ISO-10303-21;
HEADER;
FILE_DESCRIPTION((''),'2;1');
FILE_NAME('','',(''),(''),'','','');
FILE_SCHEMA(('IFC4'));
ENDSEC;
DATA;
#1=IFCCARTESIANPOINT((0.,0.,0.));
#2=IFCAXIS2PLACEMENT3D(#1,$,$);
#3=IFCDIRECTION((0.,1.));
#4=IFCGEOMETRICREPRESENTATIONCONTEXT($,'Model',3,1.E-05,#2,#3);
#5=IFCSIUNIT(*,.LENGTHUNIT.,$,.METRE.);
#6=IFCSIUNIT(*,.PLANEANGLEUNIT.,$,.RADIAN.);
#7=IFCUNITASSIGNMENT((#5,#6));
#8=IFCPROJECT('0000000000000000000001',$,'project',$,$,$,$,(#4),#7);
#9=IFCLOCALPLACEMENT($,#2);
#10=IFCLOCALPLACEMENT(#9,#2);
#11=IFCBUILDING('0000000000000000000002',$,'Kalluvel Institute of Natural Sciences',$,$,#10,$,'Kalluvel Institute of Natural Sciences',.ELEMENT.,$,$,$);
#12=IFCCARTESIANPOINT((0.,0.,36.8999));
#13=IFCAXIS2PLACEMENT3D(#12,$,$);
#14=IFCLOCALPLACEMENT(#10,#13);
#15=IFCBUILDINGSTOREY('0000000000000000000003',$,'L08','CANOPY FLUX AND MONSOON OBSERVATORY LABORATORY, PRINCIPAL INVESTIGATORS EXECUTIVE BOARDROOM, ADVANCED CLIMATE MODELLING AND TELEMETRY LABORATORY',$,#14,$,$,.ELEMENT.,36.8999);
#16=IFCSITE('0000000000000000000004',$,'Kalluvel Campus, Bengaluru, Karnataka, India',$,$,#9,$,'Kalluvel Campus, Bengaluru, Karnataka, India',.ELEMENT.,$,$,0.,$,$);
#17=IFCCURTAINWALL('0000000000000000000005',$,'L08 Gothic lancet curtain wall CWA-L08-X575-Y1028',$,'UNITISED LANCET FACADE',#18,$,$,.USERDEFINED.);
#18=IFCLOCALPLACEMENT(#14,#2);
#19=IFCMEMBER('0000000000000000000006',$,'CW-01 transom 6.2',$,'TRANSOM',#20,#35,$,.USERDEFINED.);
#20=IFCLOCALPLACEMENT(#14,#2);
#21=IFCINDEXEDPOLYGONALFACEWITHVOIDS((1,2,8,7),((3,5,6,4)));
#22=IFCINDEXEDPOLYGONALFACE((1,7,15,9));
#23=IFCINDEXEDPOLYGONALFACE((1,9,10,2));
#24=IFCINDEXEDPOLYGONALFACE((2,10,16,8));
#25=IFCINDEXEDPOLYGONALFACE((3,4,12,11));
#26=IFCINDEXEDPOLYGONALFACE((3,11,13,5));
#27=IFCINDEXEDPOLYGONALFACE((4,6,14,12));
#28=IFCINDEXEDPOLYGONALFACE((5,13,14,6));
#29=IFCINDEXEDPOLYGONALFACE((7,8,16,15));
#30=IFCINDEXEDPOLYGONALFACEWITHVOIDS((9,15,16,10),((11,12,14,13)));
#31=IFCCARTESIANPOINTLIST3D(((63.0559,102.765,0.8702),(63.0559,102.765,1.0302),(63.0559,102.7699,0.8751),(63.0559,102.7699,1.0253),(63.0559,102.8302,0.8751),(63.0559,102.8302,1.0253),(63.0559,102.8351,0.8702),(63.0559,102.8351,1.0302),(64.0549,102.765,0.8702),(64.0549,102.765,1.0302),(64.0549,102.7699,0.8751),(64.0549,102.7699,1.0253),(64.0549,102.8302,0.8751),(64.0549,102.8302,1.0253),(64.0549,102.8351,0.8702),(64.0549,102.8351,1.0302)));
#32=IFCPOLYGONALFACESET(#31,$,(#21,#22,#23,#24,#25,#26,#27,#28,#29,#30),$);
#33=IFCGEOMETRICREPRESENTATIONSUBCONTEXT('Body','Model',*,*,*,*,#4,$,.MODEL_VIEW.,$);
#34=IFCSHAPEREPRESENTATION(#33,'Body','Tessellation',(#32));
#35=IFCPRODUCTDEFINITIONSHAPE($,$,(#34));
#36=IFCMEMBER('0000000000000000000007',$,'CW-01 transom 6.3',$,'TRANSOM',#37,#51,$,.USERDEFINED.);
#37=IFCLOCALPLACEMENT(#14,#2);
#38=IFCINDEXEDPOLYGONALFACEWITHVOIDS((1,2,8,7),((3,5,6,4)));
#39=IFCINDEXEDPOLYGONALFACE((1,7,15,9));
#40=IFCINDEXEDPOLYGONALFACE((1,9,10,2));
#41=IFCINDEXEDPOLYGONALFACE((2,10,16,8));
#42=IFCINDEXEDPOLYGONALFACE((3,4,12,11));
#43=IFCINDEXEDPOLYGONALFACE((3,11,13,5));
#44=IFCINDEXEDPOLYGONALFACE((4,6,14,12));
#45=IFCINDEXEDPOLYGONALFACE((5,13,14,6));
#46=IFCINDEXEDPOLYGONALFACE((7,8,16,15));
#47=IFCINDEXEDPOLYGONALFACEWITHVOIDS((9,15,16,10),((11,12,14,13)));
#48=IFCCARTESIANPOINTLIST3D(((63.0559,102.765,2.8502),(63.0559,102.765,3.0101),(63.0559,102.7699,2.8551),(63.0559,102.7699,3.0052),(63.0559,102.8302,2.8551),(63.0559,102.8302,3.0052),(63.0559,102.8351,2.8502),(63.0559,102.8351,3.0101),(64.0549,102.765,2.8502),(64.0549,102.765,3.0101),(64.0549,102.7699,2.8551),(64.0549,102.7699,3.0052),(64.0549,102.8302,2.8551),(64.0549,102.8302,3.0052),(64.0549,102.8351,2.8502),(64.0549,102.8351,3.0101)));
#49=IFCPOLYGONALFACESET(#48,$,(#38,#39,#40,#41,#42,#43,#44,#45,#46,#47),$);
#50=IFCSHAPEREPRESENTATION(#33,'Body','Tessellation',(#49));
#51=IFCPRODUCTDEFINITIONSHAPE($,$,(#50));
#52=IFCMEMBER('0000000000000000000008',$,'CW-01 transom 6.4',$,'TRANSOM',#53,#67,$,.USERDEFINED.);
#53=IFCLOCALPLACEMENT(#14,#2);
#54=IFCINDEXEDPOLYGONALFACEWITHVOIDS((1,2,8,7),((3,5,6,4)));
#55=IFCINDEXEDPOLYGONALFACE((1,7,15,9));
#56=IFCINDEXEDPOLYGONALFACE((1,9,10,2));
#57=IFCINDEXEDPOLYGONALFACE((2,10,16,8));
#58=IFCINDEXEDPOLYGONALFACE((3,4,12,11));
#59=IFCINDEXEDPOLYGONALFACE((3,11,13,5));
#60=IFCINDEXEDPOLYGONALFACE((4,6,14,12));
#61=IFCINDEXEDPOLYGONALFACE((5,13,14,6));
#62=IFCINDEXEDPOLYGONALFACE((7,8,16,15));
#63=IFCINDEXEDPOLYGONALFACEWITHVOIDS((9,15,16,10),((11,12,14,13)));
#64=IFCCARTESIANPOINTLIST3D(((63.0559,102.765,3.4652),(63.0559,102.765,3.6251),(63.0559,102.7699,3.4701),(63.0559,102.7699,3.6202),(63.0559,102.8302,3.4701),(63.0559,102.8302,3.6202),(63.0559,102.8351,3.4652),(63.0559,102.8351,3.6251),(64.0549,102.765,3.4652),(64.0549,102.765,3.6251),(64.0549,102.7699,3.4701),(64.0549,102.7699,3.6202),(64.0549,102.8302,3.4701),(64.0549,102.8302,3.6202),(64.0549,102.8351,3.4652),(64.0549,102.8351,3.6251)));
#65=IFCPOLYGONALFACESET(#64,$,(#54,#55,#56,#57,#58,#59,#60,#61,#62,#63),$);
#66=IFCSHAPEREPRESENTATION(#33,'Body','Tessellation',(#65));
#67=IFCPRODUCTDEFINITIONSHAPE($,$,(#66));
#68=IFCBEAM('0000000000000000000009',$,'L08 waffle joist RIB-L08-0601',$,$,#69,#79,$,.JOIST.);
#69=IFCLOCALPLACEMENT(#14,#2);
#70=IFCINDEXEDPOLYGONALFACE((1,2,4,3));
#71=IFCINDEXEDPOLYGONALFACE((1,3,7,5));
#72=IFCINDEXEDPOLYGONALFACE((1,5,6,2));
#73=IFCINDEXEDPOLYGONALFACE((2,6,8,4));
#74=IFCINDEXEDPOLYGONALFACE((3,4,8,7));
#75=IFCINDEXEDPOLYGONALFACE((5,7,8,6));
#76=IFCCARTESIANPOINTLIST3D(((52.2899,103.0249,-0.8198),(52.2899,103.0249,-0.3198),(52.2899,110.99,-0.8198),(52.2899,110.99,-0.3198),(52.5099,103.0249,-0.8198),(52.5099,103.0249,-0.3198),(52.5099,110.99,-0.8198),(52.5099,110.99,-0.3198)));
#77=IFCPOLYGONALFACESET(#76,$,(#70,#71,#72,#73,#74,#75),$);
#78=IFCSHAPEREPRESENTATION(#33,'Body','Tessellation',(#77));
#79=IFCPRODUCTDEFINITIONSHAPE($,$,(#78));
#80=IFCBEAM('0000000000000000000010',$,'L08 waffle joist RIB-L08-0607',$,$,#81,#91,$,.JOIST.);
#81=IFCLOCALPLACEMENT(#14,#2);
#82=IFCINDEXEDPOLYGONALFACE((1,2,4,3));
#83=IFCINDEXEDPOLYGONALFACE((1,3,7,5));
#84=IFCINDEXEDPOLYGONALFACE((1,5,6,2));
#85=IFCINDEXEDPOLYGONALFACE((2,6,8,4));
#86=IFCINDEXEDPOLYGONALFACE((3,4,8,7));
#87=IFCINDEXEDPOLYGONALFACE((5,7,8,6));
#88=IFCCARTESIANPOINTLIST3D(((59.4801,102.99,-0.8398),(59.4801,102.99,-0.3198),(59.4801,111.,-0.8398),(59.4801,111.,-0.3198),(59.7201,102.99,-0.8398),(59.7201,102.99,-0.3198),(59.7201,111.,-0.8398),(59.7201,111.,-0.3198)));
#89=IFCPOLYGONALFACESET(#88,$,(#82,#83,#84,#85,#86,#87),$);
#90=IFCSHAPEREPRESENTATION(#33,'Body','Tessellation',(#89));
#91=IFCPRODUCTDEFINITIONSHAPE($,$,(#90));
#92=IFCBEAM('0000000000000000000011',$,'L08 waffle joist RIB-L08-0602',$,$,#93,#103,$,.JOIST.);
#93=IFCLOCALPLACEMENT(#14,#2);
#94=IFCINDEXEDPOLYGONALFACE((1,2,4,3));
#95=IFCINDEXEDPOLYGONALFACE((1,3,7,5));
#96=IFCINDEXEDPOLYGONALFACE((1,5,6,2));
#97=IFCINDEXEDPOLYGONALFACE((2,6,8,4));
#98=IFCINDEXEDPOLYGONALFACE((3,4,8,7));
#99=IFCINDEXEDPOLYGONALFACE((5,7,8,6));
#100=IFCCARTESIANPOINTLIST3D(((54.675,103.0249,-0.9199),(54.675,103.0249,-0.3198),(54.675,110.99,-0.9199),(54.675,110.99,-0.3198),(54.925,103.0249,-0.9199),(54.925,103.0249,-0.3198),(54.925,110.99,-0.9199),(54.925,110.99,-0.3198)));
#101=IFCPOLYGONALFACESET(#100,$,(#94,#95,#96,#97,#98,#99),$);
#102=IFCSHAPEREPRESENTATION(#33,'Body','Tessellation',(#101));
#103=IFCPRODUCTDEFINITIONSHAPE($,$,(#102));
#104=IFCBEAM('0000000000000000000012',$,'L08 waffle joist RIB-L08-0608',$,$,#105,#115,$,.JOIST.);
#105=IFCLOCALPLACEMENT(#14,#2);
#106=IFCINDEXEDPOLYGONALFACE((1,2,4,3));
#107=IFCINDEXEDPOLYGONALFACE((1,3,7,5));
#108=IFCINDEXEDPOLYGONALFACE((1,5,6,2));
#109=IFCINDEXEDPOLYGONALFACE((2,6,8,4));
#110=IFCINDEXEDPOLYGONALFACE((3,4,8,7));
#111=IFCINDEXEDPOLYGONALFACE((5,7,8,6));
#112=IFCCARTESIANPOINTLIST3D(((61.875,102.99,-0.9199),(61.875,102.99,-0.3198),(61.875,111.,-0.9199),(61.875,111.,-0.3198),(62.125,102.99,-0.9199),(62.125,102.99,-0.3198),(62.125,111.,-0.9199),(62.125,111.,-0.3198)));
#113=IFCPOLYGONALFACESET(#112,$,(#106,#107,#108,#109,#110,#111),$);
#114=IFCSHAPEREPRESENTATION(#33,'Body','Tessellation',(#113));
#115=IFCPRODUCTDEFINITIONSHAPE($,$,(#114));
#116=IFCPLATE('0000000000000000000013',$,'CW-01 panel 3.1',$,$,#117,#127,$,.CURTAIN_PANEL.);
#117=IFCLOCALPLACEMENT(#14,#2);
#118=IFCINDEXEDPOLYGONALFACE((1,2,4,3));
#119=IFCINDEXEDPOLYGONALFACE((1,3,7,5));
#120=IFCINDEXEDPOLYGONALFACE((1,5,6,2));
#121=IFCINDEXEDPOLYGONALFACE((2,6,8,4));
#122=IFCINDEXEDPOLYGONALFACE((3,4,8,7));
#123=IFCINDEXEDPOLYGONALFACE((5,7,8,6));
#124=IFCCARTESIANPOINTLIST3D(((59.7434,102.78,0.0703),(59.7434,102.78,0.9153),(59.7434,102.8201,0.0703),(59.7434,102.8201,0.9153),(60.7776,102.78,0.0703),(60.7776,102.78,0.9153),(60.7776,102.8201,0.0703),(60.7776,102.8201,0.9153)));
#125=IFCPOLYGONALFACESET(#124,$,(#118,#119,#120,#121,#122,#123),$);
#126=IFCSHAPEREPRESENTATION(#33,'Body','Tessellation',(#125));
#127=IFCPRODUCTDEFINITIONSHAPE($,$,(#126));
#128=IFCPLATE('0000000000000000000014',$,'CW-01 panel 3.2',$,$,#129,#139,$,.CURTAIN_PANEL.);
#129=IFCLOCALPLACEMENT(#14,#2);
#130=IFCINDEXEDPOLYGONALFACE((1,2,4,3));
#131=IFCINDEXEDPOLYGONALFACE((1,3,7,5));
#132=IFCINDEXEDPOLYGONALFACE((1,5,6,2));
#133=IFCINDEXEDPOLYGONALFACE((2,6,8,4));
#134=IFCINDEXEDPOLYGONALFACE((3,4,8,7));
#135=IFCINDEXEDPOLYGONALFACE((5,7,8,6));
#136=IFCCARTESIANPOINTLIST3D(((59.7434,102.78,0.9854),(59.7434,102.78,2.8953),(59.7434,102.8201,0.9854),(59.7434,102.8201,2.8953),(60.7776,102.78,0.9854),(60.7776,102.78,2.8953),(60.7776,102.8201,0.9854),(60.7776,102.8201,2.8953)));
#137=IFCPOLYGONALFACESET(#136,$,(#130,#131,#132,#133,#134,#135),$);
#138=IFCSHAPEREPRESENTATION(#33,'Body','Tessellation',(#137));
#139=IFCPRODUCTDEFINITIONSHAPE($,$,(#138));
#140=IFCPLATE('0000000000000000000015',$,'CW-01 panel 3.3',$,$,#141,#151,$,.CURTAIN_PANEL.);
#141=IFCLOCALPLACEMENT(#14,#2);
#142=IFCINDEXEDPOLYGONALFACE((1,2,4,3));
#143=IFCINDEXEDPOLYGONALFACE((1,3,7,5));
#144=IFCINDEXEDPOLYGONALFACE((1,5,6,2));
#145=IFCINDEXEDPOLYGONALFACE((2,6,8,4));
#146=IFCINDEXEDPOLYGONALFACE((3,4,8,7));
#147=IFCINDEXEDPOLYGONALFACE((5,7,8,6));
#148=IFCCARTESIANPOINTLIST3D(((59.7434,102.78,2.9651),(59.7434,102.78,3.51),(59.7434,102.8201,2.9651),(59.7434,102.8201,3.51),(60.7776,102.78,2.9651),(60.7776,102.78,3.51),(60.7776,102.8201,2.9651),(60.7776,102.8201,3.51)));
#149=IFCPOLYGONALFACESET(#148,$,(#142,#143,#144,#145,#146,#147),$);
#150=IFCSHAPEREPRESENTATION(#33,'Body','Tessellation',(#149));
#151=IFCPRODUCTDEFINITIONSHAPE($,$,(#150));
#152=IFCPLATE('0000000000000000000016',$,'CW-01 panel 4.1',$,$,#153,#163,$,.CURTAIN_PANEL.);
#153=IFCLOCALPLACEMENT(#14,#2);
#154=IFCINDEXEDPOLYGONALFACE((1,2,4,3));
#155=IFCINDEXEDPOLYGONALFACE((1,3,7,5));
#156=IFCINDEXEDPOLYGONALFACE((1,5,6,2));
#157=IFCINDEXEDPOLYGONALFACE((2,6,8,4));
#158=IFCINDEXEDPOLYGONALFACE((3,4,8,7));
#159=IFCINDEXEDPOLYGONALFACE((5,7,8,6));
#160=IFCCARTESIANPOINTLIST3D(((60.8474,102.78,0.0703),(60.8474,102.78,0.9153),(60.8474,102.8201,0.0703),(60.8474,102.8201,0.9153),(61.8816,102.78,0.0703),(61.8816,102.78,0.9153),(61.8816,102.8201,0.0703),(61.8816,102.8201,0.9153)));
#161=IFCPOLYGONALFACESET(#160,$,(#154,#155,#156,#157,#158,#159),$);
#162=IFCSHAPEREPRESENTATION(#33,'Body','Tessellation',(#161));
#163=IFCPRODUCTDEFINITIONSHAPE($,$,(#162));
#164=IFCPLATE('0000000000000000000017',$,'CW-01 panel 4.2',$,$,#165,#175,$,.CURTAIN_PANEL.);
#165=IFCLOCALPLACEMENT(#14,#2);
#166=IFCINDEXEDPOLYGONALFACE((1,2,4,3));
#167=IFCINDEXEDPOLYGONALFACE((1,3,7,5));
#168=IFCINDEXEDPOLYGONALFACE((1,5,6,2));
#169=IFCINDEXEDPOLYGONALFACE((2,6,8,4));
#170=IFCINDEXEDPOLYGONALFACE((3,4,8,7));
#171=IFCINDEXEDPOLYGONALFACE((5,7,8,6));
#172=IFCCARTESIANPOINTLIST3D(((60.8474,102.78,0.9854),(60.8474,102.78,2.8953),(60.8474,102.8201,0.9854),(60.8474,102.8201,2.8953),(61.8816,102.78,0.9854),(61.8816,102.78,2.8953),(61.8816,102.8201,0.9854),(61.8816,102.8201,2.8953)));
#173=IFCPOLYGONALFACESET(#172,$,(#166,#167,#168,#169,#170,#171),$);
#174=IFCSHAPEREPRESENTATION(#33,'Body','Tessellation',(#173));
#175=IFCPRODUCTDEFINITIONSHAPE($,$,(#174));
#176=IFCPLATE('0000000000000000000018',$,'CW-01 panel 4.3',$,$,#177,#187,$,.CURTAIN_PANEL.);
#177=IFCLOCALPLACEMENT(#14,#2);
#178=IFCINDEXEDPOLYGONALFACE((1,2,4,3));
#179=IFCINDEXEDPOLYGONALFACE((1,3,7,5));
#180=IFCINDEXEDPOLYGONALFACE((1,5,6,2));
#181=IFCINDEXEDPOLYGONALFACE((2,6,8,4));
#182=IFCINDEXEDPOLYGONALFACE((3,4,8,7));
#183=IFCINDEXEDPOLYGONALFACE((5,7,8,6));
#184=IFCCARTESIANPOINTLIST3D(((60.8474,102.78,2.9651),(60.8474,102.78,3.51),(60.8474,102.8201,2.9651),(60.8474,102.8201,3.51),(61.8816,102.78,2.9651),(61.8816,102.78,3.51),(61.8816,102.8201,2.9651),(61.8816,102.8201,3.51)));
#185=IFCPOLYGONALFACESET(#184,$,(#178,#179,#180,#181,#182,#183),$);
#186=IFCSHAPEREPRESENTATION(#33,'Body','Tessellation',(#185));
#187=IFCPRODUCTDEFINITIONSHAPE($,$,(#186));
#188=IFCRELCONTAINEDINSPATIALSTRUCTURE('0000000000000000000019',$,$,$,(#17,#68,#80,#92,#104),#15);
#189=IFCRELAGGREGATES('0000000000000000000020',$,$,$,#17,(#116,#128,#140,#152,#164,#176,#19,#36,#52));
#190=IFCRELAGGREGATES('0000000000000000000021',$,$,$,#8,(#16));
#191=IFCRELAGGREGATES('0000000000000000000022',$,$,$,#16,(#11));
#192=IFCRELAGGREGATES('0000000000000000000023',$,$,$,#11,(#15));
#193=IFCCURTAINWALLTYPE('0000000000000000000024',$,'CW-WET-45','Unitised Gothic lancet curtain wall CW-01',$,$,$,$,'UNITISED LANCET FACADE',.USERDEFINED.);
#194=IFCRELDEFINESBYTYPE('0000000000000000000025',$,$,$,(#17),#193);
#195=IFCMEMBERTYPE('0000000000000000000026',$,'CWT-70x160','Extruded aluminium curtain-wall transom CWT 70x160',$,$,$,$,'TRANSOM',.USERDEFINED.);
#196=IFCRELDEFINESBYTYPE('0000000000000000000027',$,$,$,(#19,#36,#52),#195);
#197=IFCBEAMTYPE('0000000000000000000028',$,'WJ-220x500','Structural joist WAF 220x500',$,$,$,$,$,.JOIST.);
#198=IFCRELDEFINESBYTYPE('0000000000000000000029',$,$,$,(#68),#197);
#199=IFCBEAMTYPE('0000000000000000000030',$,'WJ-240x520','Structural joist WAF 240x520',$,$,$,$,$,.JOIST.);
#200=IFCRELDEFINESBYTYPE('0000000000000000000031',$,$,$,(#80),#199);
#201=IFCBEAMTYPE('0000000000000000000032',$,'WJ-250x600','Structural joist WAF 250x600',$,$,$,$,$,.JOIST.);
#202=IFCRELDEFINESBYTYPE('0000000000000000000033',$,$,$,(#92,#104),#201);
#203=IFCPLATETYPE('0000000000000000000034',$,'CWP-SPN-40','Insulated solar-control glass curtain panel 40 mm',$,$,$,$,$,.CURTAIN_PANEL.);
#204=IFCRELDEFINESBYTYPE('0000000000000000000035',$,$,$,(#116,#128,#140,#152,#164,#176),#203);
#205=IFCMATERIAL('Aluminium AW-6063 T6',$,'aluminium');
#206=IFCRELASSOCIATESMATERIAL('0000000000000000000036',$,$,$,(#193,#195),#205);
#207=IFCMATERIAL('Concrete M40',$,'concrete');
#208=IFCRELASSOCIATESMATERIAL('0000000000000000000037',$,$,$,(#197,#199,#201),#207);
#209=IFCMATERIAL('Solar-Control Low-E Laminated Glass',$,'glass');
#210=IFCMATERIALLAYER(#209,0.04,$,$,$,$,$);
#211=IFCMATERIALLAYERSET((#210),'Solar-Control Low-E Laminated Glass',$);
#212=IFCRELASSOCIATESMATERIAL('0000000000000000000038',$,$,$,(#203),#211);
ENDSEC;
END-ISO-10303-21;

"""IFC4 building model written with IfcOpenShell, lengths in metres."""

from ifc_helpers import new_model, si_unit, direction, frame, origin, origin_2d, place, context, subcontext, project, spatial, rectangle, hollow_rectangle, extrude, material, layer, layer_set, material_profile, profile_set, type_object, element, aggregate, save


model = new_model("IFC4")

# Units and contexts
model_context = context("Model", 3, precision=1e-05, world=origin(), true_north=direction((0.0, 1.0)))
body_context = subcontext(model_context, "Body", "Model", "MODEL_VIEW")
ifc_project = project(units=[si_unit("LENGTHUNIT", "METRE"), si_unit("PLANEANGLEUNIT", "RADIAN")], contexts=[model_context])

# Site, building, storey
site_placement = place(None, origin())
site = spatial("IfcSite", under=ifc_project, at=site_placement, Name="Kalluvel Campus, Bengaluru, Karnataka, India", LongName="Kalluvel Campus, Bengaluru, Karnataka, India", CompositionType="ELEMENT", RefElevation=0.0)
building_placement = place(site_placement, origin())
building = spatial("IfcBuilding", under=site, at=building_placement, Name="Kalluvel Institute of Natural Sciences", LongName="Kalluvel Institute of Natural Sciences", CompositionType="ELEMENT")
storey_placement = place(building_placement, frame((0.0, 0.0, 36.8999)))
storey = spatial("IfcBuildingStorey", under=building, at=storey_placement, Name="L08", Description="CANOPY FLUX AND MONSOON OBSERVATORY LABORATORY, PRINCIPAL INVESTIGATORS EXECUTIVE BOARDROOM, ADVANCED CLIMATE MODELLING AND TELEMETRY LABORATORY", CompositionType="ELEMENT", Elevation=36.8999)

# Shared definitions
ifc_material_1 = material(Name="Concrete M40", Category="concrete")

# Curtain wall, members
ifc_material_2 = material(Name="Aluminium AW-6063 T6", Category="aluminium")
curtain_wall_type = type_object("IfcCurtainWallType", Name="CW-WET-45", Description="Unitised Gothic lancet curtain wall CW-01", ElementType="UNITISED LANCET FACADE", PredefinedType="USERDEFINED", material=ifc_material_2)
curtain_wall_placement = place(storey_placement, origin())
curtain_wall = element("IfcCurtainWall", 1, at=curtain_wall_placement, inside=storey, type_object=curtain_wall_type, Name="L08 Gothic lancet curtain wall CWA-L08-X575-Y1028", ObjectType="UNITISED LANCET FACADE", PredefinedType="USERDEFINED")
ifc_material_profile_1 = material_profile(ifc_material_2, hollow_rectangle(XDim=0.0701, YDim=0.1599, WallThickness=0.0049, at=origin_2d()), Name="CWT 70x160")
ifc_profile_set_1 = profile_set([ifc_material_profile_1], Name="Aluminium AW-6063 T6")
member_type = type_object("IfcMemberType", Name="CWT-70x160", Description="Extruded aluminium curtain-wall transom CWT 70x160", ElementType="TRANSOM", PredefinedType="USERDEFINED", material=ifc_profile_set_1)
member_1_placement = place(storey_placement, frame((63.0559, 102.8, 0.9502), z_axis=(1.0, 0.0, 0.0), x_axis=(0.0, 1.0, 0.0)))
member_1 = element("IfcMember", 2, at=member_1_placement, type_object=member_type, Name="CW-01 transom 6.2", ObjectType="TRANSOM", PredefinedType="USERDEFINED", context=body_context, shape_type="SweptSolid", body=[
    extrude(hollow_rectangle(XDim=0.0701, YDim=0.1599, WallThickness=0.0049, at=origin_2d()), origin(), (0.0, 0.0, 1.0), 0.999),
])
member_2_placement = place(storey_placement, frame((63.0559, 102.8, 2.9302), z_axis=(1.0, 0.0, 0.0), x_axis=(0.0, 1.0, 0.0)))
member_2 = element("IfcMember", 3, at=member_2_placement, type_object=member_type, Name="CW-01 transom 6.3", ObjectType="TRANSOM", PredefinedType="USERDEFINED", context=body_context, shape_type="SweptSolid", body=[
    extrude(hollow_rectangle(XDim=0.0701, YDim=0.1599, WallThickness=0.0049, at=origin_2d()), origin(), (0.0, 0.0, 1.0), 0.999),
])
member_3_placement = place(storey_placement, frame((63.0559, 102.8, 3.5452), z_axis=(1.0, 0.0, 0.0), x_axis=(0.0, 1.0, 0.0)))
member_3 = element("IfcMember", 4, at=member_3_placement, type_object=member_type, Name="CW-01 transom 6.4", ObjectType="TRANSOM", PredefinedType="USERDEFINED", context=body_context, shape_type="SweptSolid", body=[
    extrude(hollow_rectangle(XDim=0.0701, YDim=0.1599, WallThickness=0.0049, at=origin_2d()), origin(), (0.0, 0.0, 1.0), 0.999),
])

# Beams
ifc_material_profile_2 = material_profile(ifc_material_1, rectangle(XDim=0.22, YDim=0.5, at=origin_2d()), Name="WAF 220x500")
ifc_profile_set_2 = profile_set([ifc_material_profile_2], Name="Concrete M40")
beam_type_1 = type_object("IfcBeamType", Name="WJ-220x500", Description="Structural joist WAF 220x500", PredefinedType="JOIST", material=ifc_profile_set_2)
beam_1_placement = place(storey_placement, frame((52.3999, 103.0249, -0.5698), z_axis=(0.0, 1.0, 0.0), x_axis=(-1.0, 0.0, 0.0)))
element("IfcBeam", 5, at=beam_1_placement, inside=storey, type_object=beam_type_1, Name="L08 waffle joist RIB-L08-0601", PredefinedType="JOIST", context=body_context, shape_type="SweptSolid", body=[
    extrude(rectangle(XDim=0.22, YDim=0.5, at=origin_2d()), origin(), (0.0, 0.0, 1.0), 7.9651),
])
ifc_material_profile_3 = material_profile(ifc_material_1, rectangle(XDim=0.24, YDim=0.52, at=origin_2d()), Name="WAF 240x520")
ifc_profile_set_3 = profile_set([ifc_material_profile_3], Name="Concrete M40")
beam_type_2 = type_object("IfcBeamType", Name="WJ-240x520", Description="Structural joist WAF 240x520", PredefinedType="JOIST", material=ifc_profile_set_3)
beam_2_placement = place(storey_placement, frame((59.6001, 102.99, -0.5798), z_axis=(0.0, 1.0, 0.0), x_axis=(-1.0, 0.0, 0.0)))
element("IfcBeam", 6, at=beam_2_placement, inside=storey, type_object=beam_type_2, Name="L08 waffle joist RIB-L08-0607", PredefinedType="JOIST", context=body_context, shape_type="SweptSolid", body=[
    extrude(rectangle(XDim=0.24, YDim=0.52, at=origin_2d()), origin(), (0.0, 0.0, 1.0), 8.01),
])
ifc_material_profile_4 = material_profile(ifc_material_1, rectangle(XDim=0.25, YDim=0.6001, at=origin_2d()), Name="WAF 250x600")
ifc_profile_set_4 = profile_set([ifc_material_profile_4], Name="Concrete M40")
beam_type_3 = type_object("IfcBeamType", Name="WJ-250x600", Description="Structural joist WAF 250x600", PredefinedType="JOIST", material=ifc_profile_set_4)
beam_3_placement = place(storey_placement, frame((54.8, 103.0249, -0.6199), z_axis=(0.0, 1.0, 0.0), x_axis=(-1.0, 0.0, 0.0)))
element("IfcBeam", 7, at=beam_3_placement, inside=storey, type_object=beam_type_3, Name="L08 waffle joist RIB-L08-0602", PredefinedType="JOIST", context=body_context, shape_type="SweptSolid", body=[
    extrude(rectangle(XDim=0.25, YDim=0.6001, at=origin_2d()), origin(), (0.0, 0.0, 1.0), 7.9651),
])
beam_4_placement = place(storey_placement, frame((62.0, 102.99, -0.6199), z_axis=(0.0, 1.0, 0.0), x_axis=(-1.0, 0.0, 0.0)))
element("IfcBeam", 8, at=beam_4_placement, inside=storey, type_object=beam_type_3, Name="L08 waffle joist RIB-L08-0608", PredefinedType="JOIST", context=body_context, shape_type="SweptSolid", body=[
    extrude(rectangle(XDim=0.25, YDim=0.6001, at=origin_2d()), origin(), (0.0, 0.0, 1.0), 8.01),
])

# Plates
ifc_material_3 = material(Name="Solar-Control Low-E Laminated Glass", Category="glass")
ifc_layer = layer(ifc_material_3, 0.04)
ifc_layer_set = layer_set([ifc_layer], Name="Solar-Control Low-E Laminated Glass")
plate_type = type_object("IfcPlateType", Name="CWP-SPN-40", Description="Insulated solar-control glass curtain panel 40 mm", PredefinedType="CURTAIN_PANEL", material=ifc_layer_set)
plate_1_placement = place(storey_placement, frame((60.2605, 102.8, 0.0703), z_axis=(0.0, 0.0, 1.0), x_axis=(1.0, 0.0, 0.0)))
plate_1 = element("IfcPlate", 9, at=plate_1_placement, type_object=plate_type, Name="CW-01 panel 3.1", PredefinedType="CURTAIN_PANEL", context=body_context, shape_type="SweptSolid", body=[
    extrude(rectangle(XDim=1.0342, YDim=0.04, at=origin_2d()), origin(), (0.0, 0.0, 1.0), 0.845),
])
plate_2_placement = place(storey_placement, frame((60.2605, 102.8, 0.9854), z_axis=(0.0, 0.0, 1.0), x_axis=(1.0, 0.0, 0.0)))
plate_2 = element("IfcPlate", 10, at=plate_2_placement, type_object=plate_type, Name="CW-01 panel 3.2", PredefinedType="CURTAIN_PANEL", context=body_context, shape_type="SweptSolid", body=[
    extrude(rectangle(XDim=1.0342, YDim=0.04, at=origin_2d()), origin(), (0.0, 0.0, 1.0), 1.9099),
])
plate_3_placement = place(storey_placement, frame((60.2605, 102.8, 2.9651), z_axis=(0.0, 0.0, 1.0), x_axis=(1.0, 0.0, 0.0)))
plate_3 = element("IfcPlate", 11, at=plate_3_placement, type_object=plate_type, Name="CW-01 panel 3.3", PredefinedType="CURTAIN_PANEL", context=body_context, shape_type="SweptSolid", body=[
    extrude(rectangle(XDim=1.0342, YDim=0.04, at=origin_2d()), origin(), (0.0, 0.0, 1.0), 0.5449),
])
plate_4_placement = place(storey_placement, frame((61.3645, 102.8, 0.0703), z_axis=(0.0, 0.0, 1.0), x_axis=(1.0, 0.0, 0.0)))
plate_4 = element("IfcPlate", 12, at=plate_4_placement, type_object=plate_type, Name="CW-01 panel 4.1", PredefinedType="CURTAIN_PANEL", context=body_context, shape_type="SweptSolid", body=[
    extrude(rectangle(XDim=1.0342, YDim=0.04, at=origin_2d()), origin(), (0.0, 0.0, 1.0), 0.845),
])
plate_5_placement = place(storey_placement, frame((61.3645, 102.8, 0.9854), z_axis=(0.0, 0.0, 1.0), x_axis=(1.0, 0.0, 0.0)))
plate_5 = element("IfcPlate", 13, at=plate_5_placement, type_object=plate_type, Name="CW-01 panel 4.2", PredefinedType="CURTAIN_PANEL", context=body_context, shape_type="SweptSolid", body=[
    extrude(rectangle(XDim=1.0342, YDim=0.04, at=origin_2d()), origin(), (0.0, 0.0, 1.0), 1.9099),
])
plate_6_placement = place(storey_placement, frame((61.3645, 102.8, 2.9651), z_axis=(0.0, 0.0, 1.0), x_axis=(1.0, 0.0, 0.0)))
plate_6 = element("IfcPlate", 14, at=plate_6_placement, type_object=plate_type, Name="CW-01 panel 4.3", PredefinedType="CURTAIN_PANEL", context=body_context, shape_type="SweptSolid", body=[
    extrude(rectangle(XDim=1.0342, YDim=0.04, at=origin_2d()), origin(), (0.0, 0.0, 1.0), 0.5449),
])
aggregate(curtain_wall, [plate_1, plate_2, plate_3, plate_4, plate_5, plate_6, member_1, member_2, member_3])

save(model, "model.ifc")
